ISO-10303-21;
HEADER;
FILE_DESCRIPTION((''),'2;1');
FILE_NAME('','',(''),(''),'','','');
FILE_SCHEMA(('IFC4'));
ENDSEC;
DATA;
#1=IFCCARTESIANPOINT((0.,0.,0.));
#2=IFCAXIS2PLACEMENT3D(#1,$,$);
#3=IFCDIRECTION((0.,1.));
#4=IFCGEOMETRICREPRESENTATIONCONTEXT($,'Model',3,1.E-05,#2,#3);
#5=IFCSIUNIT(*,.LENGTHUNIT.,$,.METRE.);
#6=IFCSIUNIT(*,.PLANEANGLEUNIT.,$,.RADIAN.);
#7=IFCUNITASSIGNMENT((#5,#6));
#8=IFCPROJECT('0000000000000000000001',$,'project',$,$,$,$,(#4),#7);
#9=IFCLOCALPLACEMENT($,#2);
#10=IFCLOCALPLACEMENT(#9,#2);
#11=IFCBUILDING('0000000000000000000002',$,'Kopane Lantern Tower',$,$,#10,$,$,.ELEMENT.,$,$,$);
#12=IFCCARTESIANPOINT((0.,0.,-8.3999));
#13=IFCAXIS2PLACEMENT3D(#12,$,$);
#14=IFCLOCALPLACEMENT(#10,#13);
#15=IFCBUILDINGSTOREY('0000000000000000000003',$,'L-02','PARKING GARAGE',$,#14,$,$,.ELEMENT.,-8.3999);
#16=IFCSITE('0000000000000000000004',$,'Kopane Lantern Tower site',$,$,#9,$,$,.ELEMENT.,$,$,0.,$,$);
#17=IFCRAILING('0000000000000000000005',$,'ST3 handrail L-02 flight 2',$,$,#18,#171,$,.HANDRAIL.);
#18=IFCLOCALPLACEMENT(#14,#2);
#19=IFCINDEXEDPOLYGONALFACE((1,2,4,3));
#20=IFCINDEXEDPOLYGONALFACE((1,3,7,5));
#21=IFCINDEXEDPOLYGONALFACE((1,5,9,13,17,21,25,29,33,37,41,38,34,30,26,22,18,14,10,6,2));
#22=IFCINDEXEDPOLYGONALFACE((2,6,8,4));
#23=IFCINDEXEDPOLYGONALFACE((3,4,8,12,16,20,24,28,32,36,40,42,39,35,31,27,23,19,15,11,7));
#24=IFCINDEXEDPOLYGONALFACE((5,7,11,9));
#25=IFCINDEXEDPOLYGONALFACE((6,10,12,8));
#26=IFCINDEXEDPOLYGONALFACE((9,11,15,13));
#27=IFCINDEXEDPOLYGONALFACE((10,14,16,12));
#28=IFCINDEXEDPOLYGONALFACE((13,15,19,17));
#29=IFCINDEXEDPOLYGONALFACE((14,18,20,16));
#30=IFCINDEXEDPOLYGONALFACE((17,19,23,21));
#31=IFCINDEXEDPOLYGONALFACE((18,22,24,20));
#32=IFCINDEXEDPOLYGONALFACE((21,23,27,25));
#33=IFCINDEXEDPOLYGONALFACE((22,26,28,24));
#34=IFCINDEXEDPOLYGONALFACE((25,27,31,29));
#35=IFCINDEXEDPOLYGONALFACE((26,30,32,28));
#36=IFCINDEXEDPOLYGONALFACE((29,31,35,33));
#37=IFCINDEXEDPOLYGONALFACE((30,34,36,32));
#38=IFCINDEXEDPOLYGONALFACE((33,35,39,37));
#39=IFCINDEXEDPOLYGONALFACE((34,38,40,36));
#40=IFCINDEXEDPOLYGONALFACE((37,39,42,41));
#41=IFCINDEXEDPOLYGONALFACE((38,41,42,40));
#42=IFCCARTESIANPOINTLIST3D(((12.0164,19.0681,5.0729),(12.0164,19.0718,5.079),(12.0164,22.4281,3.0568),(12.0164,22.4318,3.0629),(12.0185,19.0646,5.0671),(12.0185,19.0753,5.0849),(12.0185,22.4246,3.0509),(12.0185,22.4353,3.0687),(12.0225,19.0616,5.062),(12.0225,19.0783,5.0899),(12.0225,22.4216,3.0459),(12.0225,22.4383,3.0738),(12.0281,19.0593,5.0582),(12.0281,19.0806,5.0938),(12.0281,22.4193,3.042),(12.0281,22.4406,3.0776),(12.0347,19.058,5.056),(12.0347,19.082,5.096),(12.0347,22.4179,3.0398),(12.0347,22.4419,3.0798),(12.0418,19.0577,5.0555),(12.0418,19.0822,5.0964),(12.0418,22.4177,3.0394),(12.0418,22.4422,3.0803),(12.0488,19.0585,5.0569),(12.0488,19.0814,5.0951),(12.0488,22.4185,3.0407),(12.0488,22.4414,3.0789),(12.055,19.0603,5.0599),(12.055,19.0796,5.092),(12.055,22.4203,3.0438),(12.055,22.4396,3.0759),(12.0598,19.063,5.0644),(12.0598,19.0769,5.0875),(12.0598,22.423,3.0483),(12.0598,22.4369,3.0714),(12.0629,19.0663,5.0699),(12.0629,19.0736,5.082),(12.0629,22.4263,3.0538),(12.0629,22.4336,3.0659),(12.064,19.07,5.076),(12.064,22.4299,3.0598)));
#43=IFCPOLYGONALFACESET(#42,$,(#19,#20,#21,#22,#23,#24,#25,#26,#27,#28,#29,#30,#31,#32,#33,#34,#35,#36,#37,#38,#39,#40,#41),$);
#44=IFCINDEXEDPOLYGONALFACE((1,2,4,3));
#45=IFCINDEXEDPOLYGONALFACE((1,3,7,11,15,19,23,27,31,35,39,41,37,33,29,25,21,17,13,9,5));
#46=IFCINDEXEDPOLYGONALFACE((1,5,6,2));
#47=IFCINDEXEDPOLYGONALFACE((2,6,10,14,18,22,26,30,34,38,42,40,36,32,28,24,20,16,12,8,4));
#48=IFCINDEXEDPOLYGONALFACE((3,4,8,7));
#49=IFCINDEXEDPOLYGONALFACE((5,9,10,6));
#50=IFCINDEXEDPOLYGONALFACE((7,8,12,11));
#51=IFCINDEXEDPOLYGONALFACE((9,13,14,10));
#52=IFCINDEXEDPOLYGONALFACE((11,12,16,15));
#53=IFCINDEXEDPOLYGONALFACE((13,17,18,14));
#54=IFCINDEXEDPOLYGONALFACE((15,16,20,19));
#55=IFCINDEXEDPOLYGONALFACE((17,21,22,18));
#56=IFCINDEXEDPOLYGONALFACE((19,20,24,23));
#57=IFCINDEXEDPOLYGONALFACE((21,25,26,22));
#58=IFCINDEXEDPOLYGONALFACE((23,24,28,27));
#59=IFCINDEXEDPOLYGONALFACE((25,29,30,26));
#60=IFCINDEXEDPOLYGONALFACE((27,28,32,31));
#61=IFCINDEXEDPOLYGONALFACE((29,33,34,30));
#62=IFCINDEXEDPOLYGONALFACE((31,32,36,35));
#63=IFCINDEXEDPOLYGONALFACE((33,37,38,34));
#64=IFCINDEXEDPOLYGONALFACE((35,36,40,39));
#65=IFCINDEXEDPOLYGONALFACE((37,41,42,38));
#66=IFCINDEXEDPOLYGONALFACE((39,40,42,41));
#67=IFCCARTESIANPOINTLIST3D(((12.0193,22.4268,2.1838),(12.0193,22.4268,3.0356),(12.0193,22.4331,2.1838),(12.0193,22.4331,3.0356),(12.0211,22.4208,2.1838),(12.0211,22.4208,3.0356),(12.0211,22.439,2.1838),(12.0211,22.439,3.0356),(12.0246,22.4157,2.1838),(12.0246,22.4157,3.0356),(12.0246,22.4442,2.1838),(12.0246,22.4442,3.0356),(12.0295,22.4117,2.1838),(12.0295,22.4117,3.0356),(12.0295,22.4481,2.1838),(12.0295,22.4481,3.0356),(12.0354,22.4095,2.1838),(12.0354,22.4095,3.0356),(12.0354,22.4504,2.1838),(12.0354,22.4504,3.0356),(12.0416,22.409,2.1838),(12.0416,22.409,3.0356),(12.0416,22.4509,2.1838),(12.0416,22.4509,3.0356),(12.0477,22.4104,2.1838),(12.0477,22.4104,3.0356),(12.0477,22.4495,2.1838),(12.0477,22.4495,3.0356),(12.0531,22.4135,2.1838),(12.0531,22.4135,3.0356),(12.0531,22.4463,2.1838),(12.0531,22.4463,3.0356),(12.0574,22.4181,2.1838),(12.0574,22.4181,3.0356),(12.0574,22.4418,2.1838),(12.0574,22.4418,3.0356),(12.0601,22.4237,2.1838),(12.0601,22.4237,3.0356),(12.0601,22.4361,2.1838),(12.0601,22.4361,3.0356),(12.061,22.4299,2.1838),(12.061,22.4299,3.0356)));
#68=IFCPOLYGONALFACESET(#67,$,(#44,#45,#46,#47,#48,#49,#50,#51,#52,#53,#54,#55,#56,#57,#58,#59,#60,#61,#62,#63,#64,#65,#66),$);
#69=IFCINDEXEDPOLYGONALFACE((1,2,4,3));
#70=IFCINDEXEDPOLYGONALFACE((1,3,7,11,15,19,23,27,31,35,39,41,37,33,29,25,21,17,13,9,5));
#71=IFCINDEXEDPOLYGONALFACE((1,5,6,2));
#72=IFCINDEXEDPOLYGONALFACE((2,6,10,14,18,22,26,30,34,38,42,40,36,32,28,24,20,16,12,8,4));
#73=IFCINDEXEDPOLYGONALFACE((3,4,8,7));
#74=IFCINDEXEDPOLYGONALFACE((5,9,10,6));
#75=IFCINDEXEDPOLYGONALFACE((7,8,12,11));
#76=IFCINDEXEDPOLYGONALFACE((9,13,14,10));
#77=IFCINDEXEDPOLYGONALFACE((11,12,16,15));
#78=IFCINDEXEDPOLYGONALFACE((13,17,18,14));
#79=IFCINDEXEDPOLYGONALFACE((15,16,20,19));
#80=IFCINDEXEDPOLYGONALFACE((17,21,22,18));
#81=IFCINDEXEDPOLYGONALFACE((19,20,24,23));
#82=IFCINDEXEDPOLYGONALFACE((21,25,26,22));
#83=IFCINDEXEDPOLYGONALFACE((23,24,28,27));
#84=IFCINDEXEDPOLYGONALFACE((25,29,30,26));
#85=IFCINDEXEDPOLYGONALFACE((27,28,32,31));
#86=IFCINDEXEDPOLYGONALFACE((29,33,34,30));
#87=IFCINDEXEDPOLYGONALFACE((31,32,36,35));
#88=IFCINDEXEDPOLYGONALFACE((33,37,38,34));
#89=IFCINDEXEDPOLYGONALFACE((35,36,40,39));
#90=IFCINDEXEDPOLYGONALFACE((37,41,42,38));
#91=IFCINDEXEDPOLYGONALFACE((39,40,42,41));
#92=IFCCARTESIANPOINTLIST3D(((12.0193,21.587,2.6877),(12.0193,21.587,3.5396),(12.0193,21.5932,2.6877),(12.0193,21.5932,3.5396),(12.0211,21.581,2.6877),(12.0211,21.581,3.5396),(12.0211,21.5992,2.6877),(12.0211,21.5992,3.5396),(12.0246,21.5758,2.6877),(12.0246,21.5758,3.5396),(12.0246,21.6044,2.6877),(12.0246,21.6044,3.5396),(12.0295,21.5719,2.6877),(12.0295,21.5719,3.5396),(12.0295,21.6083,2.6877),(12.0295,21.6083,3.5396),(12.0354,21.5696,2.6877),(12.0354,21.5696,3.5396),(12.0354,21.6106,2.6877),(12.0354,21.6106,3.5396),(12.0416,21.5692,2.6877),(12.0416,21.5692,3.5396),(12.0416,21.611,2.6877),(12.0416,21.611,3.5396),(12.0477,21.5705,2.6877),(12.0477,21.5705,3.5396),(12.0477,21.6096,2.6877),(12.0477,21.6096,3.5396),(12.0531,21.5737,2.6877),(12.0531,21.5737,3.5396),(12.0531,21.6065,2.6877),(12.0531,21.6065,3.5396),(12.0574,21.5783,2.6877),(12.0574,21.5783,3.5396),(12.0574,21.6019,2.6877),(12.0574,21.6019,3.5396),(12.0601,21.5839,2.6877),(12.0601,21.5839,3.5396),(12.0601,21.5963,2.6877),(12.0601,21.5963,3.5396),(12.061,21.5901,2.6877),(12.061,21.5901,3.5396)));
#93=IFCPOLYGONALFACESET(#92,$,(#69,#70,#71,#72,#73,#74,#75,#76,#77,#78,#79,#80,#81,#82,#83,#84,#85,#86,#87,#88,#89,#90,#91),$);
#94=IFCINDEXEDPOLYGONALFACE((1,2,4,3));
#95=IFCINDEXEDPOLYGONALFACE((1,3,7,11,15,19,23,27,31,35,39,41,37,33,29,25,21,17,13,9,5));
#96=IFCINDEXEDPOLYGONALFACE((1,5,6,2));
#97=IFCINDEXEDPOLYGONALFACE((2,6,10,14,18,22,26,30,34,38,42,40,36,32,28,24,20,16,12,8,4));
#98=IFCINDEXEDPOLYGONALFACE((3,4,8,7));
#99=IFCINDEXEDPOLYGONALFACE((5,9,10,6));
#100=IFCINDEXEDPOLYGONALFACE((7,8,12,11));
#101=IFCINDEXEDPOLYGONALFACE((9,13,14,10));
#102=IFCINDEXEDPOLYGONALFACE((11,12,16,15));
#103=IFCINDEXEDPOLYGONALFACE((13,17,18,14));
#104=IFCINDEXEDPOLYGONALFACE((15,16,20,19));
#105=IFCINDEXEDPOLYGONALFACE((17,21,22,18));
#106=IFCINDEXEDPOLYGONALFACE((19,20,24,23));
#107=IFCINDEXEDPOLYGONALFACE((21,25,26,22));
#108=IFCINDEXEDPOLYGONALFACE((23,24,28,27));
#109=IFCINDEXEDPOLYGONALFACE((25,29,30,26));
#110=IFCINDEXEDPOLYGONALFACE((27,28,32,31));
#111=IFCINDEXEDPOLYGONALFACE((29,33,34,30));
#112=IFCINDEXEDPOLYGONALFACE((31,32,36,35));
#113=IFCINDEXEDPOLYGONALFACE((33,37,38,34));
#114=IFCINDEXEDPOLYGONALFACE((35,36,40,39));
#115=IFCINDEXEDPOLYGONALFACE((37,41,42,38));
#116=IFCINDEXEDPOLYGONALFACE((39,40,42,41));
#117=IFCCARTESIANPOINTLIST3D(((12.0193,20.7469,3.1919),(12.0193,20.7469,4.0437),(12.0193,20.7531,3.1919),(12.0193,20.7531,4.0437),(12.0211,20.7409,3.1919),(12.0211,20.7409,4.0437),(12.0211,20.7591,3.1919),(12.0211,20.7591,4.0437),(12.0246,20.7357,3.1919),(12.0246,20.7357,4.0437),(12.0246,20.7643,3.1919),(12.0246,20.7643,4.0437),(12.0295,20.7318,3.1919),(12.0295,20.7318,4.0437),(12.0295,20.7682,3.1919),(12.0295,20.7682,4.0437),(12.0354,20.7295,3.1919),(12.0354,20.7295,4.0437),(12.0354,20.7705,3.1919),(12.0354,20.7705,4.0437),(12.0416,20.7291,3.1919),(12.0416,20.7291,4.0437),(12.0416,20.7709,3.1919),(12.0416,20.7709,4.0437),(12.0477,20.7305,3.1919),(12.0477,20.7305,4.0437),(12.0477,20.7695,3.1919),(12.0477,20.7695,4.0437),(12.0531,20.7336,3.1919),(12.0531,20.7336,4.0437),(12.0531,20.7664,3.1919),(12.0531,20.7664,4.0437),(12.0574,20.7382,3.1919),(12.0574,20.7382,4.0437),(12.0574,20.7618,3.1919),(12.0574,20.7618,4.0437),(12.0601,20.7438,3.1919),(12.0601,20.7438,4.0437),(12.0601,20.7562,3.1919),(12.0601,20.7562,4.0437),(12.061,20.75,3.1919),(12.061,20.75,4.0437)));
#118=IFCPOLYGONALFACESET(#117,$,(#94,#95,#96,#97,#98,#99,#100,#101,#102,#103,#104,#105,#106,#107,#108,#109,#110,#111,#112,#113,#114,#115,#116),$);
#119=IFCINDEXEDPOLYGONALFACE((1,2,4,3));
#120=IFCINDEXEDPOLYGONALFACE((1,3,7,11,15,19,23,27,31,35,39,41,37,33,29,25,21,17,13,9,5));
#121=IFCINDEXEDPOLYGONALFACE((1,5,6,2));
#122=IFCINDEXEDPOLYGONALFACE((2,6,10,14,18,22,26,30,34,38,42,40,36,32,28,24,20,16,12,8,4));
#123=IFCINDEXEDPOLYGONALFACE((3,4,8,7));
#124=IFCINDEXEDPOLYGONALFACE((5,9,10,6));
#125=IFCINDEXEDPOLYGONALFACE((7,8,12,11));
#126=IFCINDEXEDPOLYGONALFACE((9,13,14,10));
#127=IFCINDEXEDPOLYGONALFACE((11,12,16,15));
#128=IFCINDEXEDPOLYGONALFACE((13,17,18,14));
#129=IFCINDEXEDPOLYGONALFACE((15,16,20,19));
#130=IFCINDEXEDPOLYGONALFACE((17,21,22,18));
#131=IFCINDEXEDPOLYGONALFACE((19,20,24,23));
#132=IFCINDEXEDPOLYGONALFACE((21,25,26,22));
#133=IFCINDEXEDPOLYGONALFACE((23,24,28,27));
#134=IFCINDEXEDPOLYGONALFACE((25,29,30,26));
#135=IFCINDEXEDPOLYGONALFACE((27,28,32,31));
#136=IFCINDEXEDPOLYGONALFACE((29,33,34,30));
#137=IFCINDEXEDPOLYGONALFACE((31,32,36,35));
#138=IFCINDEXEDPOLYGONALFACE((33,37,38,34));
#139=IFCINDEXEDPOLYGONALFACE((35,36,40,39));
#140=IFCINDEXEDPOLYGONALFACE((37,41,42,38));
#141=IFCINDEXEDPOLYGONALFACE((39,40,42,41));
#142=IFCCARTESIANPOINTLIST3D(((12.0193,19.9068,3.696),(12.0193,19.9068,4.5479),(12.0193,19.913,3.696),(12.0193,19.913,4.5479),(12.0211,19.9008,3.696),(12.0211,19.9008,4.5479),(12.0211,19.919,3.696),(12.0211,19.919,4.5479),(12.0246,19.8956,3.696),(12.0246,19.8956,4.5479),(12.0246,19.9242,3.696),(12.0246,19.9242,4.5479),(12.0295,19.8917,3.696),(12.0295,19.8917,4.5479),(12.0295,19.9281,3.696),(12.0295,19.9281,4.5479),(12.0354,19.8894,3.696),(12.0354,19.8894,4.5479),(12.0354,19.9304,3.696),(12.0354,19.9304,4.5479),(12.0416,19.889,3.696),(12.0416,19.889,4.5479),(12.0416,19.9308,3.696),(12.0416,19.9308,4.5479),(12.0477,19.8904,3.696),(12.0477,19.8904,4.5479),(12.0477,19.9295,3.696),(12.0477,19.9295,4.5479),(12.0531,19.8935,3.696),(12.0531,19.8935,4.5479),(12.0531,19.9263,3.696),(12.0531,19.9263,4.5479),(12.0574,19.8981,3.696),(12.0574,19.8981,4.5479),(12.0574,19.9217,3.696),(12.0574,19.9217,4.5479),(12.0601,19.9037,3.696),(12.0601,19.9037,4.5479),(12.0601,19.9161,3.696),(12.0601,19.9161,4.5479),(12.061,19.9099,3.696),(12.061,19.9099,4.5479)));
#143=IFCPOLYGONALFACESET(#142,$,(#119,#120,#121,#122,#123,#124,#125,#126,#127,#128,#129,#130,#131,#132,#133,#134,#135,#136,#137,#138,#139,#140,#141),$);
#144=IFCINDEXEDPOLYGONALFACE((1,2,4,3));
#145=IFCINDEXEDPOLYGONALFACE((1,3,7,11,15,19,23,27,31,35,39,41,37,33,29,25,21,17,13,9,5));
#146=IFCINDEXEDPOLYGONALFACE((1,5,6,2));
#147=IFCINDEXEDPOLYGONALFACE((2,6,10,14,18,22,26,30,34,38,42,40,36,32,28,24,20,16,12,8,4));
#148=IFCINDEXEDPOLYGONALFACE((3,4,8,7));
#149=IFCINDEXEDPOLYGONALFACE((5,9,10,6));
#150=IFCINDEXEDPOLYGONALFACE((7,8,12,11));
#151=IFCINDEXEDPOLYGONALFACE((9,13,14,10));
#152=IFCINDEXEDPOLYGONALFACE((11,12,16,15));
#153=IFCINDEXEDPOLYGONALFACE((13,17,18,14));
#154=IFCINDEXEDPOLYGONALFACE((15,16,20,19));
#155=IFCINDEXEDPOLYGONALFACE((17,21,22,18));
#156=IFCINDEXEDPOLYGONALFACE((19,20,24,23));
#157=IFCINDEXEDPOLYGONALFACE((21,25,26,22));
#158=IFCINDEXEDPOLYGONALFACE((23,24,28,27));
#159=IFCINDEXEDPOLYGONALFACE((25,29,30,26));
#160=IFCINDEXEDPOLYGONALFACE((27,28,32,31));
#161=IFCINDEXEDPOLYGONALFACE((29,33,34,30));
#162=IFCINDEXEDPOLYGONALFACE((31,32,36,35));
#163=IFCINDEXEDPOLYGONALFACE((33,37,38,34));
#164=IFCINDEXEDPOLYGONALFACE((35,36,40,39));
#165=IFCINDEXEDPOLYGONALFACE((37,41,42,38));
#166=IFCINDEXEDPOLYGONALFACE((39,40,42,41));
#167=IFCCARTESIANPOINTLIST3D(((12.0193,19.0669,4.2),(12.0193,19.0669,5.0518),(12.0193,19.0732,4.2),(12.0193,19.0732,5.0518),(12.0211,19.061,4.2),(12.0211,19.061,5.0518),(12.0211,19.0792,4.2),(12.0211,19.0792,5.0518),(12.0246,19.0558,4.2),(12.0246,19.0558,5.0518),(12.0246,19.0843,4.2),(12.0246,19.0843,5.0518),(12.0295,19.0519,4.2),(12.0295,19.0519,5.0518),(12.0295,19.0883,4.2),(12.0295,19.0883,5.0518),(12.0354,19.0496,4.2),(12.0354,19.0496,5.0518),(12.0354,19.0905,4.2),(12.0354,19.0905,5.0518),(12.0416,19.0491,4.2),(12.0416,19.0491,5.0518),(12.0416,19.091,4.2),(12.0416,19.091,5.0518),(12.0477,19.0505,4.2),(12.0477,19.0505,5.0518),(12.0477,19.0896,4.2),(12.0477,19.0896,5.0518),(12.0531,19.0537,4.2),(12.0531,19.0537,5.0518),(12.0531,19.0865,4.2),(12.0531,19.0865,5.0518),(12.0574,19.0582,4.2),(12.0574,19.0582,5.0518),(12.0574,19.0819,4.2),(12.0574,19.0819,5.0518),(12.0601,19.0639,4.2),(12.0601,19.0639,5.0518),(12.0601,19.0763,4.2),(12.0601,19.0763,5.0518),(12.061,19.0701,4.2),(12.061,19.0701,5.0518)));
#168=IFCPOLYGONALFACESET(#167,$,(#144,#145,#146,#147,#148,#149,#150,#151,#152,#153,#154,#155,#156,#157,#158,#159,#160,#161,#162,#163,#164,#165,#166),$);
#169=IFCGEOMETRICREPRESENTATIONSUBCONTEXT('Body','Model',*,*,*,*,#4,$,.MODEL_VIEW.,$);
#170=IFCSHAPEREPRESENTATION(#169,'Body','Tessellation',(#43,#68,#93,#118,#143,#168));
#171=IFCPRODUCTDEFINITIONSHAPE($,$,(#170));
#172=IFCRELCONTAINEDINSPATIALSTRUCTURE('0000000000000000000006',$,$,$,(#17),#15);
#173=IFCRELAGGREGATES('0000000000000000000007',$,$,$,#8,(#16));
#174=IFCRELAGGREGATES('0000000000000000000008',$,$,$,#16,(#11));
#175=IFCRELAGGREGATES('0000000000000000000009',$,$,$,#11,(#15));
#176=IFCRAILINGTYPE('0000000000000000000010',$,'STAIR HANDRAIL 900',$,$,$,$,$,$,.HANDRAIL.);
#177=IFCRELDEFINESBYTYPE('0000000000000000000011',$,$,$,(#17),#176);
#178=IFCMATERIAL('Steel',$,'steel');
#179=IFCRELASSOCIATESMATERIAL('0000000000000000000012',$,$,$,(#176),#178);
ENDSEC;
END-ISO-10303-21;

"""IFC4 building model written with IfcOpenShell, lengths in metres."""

from ifc_helpers import new_model, si_unit, direction, frame, origin, origin_2d, place, context, subcontext, project, spatial, circle, extrude, material, type_object, element, save


model = new_model("IFC4")

# Units and contexts
model_context = context("Model", 3, precision=1e-05, world=origin(), true_north=direction((0.0, 1.0)))
body_context = subcontext(model_context, "Body", "Model", "MODEL_VIEW")
ifc_project = project(units=[si_unit("LENGTHUNIT", "METRE"), si_unit("PLANEANGLEUNIT", "RADIAN")], contexts=[model_context])

# Site, building, storey
site_placement = place(None, origin())
site = spatial("IfcSite", under=ifc_project, at=site_placement, Name="Kopane Lantern Tower site", CompositionType="ELEMENT", RefElevation=0.0)
building_placement = place(site_placement, origin())
building = spatial("IfcBuilding", under=site, at=building_placement, Name="Kopane Lantern Tower", CompositionType="ELEMENT")
storey_placement = place(building_placement, frame((0.0, 0.0, -8.3999)))
storey = spatial("IfcBuildingStorey", under=building, at=storey_placement, Name="L-02", Description="PARKING GARAGE", CompositionType="ELEMENT", Elevation=-8.3999)

# Railing
ifc_material_1 = material(Name="Steel", Category="steel")
railing_type_1 = type_object("IfcRailingType", Name="STAIR HANDRAIL 900", PredefinedType="HANDRAIL", material=ifc_material_1)
for number, where, name in (
    (1, (12.04, 22.4299, 2.1838), "ST3 handrail L-02 flight 2"),
):
    element("IfcRailing", number, at=place(storey_placement, frame(where)), inside=storey, type_object=railing_type_1, Name=name, PredefinedType="HANDRAIL", context=body_context, shape_type="SweptSolid", body=[
        extrude(circle(Radius=0.0239, at=origin_2d()), frame((0.0, 0.0, 0.876), z_axis=(0.0, -0.857471, 0.514532), x_axis=(1.0, 0.0, 0.0)), (0.0, 0.0, 1.0), 3.9185),
        extrude(circle(Radius=0.021, at=origin_2d()), origin(), (0.0, 0.0, 1.0), 0.8518),
        extrude(circle(Radius=0.021, at=origin_2d()), frame((0.0, -0.8398, 0.5039)), (0.0, 0.0, 1.0), 0.8518),
        extrude(circle(Radius=0.021, at=origin_2d()), frame((0.0, -1.6799, 1.0081)), (0.0, 0.0, 1.0), 0.8518),
        extrude(circle(Radius=0.021, at=origin_2d()), frame((0.0, -2.52, 1.5122)), (0.0, 0.0, 1.0), 0.8518),
        extrude(circle(Radius=0.021, at=origin_2d()), frame((0.0, -3.3599, 2.0161)), (0.0, 0.0, 1.0), 0.8518),
    ])

save(model, "model.ifc")
